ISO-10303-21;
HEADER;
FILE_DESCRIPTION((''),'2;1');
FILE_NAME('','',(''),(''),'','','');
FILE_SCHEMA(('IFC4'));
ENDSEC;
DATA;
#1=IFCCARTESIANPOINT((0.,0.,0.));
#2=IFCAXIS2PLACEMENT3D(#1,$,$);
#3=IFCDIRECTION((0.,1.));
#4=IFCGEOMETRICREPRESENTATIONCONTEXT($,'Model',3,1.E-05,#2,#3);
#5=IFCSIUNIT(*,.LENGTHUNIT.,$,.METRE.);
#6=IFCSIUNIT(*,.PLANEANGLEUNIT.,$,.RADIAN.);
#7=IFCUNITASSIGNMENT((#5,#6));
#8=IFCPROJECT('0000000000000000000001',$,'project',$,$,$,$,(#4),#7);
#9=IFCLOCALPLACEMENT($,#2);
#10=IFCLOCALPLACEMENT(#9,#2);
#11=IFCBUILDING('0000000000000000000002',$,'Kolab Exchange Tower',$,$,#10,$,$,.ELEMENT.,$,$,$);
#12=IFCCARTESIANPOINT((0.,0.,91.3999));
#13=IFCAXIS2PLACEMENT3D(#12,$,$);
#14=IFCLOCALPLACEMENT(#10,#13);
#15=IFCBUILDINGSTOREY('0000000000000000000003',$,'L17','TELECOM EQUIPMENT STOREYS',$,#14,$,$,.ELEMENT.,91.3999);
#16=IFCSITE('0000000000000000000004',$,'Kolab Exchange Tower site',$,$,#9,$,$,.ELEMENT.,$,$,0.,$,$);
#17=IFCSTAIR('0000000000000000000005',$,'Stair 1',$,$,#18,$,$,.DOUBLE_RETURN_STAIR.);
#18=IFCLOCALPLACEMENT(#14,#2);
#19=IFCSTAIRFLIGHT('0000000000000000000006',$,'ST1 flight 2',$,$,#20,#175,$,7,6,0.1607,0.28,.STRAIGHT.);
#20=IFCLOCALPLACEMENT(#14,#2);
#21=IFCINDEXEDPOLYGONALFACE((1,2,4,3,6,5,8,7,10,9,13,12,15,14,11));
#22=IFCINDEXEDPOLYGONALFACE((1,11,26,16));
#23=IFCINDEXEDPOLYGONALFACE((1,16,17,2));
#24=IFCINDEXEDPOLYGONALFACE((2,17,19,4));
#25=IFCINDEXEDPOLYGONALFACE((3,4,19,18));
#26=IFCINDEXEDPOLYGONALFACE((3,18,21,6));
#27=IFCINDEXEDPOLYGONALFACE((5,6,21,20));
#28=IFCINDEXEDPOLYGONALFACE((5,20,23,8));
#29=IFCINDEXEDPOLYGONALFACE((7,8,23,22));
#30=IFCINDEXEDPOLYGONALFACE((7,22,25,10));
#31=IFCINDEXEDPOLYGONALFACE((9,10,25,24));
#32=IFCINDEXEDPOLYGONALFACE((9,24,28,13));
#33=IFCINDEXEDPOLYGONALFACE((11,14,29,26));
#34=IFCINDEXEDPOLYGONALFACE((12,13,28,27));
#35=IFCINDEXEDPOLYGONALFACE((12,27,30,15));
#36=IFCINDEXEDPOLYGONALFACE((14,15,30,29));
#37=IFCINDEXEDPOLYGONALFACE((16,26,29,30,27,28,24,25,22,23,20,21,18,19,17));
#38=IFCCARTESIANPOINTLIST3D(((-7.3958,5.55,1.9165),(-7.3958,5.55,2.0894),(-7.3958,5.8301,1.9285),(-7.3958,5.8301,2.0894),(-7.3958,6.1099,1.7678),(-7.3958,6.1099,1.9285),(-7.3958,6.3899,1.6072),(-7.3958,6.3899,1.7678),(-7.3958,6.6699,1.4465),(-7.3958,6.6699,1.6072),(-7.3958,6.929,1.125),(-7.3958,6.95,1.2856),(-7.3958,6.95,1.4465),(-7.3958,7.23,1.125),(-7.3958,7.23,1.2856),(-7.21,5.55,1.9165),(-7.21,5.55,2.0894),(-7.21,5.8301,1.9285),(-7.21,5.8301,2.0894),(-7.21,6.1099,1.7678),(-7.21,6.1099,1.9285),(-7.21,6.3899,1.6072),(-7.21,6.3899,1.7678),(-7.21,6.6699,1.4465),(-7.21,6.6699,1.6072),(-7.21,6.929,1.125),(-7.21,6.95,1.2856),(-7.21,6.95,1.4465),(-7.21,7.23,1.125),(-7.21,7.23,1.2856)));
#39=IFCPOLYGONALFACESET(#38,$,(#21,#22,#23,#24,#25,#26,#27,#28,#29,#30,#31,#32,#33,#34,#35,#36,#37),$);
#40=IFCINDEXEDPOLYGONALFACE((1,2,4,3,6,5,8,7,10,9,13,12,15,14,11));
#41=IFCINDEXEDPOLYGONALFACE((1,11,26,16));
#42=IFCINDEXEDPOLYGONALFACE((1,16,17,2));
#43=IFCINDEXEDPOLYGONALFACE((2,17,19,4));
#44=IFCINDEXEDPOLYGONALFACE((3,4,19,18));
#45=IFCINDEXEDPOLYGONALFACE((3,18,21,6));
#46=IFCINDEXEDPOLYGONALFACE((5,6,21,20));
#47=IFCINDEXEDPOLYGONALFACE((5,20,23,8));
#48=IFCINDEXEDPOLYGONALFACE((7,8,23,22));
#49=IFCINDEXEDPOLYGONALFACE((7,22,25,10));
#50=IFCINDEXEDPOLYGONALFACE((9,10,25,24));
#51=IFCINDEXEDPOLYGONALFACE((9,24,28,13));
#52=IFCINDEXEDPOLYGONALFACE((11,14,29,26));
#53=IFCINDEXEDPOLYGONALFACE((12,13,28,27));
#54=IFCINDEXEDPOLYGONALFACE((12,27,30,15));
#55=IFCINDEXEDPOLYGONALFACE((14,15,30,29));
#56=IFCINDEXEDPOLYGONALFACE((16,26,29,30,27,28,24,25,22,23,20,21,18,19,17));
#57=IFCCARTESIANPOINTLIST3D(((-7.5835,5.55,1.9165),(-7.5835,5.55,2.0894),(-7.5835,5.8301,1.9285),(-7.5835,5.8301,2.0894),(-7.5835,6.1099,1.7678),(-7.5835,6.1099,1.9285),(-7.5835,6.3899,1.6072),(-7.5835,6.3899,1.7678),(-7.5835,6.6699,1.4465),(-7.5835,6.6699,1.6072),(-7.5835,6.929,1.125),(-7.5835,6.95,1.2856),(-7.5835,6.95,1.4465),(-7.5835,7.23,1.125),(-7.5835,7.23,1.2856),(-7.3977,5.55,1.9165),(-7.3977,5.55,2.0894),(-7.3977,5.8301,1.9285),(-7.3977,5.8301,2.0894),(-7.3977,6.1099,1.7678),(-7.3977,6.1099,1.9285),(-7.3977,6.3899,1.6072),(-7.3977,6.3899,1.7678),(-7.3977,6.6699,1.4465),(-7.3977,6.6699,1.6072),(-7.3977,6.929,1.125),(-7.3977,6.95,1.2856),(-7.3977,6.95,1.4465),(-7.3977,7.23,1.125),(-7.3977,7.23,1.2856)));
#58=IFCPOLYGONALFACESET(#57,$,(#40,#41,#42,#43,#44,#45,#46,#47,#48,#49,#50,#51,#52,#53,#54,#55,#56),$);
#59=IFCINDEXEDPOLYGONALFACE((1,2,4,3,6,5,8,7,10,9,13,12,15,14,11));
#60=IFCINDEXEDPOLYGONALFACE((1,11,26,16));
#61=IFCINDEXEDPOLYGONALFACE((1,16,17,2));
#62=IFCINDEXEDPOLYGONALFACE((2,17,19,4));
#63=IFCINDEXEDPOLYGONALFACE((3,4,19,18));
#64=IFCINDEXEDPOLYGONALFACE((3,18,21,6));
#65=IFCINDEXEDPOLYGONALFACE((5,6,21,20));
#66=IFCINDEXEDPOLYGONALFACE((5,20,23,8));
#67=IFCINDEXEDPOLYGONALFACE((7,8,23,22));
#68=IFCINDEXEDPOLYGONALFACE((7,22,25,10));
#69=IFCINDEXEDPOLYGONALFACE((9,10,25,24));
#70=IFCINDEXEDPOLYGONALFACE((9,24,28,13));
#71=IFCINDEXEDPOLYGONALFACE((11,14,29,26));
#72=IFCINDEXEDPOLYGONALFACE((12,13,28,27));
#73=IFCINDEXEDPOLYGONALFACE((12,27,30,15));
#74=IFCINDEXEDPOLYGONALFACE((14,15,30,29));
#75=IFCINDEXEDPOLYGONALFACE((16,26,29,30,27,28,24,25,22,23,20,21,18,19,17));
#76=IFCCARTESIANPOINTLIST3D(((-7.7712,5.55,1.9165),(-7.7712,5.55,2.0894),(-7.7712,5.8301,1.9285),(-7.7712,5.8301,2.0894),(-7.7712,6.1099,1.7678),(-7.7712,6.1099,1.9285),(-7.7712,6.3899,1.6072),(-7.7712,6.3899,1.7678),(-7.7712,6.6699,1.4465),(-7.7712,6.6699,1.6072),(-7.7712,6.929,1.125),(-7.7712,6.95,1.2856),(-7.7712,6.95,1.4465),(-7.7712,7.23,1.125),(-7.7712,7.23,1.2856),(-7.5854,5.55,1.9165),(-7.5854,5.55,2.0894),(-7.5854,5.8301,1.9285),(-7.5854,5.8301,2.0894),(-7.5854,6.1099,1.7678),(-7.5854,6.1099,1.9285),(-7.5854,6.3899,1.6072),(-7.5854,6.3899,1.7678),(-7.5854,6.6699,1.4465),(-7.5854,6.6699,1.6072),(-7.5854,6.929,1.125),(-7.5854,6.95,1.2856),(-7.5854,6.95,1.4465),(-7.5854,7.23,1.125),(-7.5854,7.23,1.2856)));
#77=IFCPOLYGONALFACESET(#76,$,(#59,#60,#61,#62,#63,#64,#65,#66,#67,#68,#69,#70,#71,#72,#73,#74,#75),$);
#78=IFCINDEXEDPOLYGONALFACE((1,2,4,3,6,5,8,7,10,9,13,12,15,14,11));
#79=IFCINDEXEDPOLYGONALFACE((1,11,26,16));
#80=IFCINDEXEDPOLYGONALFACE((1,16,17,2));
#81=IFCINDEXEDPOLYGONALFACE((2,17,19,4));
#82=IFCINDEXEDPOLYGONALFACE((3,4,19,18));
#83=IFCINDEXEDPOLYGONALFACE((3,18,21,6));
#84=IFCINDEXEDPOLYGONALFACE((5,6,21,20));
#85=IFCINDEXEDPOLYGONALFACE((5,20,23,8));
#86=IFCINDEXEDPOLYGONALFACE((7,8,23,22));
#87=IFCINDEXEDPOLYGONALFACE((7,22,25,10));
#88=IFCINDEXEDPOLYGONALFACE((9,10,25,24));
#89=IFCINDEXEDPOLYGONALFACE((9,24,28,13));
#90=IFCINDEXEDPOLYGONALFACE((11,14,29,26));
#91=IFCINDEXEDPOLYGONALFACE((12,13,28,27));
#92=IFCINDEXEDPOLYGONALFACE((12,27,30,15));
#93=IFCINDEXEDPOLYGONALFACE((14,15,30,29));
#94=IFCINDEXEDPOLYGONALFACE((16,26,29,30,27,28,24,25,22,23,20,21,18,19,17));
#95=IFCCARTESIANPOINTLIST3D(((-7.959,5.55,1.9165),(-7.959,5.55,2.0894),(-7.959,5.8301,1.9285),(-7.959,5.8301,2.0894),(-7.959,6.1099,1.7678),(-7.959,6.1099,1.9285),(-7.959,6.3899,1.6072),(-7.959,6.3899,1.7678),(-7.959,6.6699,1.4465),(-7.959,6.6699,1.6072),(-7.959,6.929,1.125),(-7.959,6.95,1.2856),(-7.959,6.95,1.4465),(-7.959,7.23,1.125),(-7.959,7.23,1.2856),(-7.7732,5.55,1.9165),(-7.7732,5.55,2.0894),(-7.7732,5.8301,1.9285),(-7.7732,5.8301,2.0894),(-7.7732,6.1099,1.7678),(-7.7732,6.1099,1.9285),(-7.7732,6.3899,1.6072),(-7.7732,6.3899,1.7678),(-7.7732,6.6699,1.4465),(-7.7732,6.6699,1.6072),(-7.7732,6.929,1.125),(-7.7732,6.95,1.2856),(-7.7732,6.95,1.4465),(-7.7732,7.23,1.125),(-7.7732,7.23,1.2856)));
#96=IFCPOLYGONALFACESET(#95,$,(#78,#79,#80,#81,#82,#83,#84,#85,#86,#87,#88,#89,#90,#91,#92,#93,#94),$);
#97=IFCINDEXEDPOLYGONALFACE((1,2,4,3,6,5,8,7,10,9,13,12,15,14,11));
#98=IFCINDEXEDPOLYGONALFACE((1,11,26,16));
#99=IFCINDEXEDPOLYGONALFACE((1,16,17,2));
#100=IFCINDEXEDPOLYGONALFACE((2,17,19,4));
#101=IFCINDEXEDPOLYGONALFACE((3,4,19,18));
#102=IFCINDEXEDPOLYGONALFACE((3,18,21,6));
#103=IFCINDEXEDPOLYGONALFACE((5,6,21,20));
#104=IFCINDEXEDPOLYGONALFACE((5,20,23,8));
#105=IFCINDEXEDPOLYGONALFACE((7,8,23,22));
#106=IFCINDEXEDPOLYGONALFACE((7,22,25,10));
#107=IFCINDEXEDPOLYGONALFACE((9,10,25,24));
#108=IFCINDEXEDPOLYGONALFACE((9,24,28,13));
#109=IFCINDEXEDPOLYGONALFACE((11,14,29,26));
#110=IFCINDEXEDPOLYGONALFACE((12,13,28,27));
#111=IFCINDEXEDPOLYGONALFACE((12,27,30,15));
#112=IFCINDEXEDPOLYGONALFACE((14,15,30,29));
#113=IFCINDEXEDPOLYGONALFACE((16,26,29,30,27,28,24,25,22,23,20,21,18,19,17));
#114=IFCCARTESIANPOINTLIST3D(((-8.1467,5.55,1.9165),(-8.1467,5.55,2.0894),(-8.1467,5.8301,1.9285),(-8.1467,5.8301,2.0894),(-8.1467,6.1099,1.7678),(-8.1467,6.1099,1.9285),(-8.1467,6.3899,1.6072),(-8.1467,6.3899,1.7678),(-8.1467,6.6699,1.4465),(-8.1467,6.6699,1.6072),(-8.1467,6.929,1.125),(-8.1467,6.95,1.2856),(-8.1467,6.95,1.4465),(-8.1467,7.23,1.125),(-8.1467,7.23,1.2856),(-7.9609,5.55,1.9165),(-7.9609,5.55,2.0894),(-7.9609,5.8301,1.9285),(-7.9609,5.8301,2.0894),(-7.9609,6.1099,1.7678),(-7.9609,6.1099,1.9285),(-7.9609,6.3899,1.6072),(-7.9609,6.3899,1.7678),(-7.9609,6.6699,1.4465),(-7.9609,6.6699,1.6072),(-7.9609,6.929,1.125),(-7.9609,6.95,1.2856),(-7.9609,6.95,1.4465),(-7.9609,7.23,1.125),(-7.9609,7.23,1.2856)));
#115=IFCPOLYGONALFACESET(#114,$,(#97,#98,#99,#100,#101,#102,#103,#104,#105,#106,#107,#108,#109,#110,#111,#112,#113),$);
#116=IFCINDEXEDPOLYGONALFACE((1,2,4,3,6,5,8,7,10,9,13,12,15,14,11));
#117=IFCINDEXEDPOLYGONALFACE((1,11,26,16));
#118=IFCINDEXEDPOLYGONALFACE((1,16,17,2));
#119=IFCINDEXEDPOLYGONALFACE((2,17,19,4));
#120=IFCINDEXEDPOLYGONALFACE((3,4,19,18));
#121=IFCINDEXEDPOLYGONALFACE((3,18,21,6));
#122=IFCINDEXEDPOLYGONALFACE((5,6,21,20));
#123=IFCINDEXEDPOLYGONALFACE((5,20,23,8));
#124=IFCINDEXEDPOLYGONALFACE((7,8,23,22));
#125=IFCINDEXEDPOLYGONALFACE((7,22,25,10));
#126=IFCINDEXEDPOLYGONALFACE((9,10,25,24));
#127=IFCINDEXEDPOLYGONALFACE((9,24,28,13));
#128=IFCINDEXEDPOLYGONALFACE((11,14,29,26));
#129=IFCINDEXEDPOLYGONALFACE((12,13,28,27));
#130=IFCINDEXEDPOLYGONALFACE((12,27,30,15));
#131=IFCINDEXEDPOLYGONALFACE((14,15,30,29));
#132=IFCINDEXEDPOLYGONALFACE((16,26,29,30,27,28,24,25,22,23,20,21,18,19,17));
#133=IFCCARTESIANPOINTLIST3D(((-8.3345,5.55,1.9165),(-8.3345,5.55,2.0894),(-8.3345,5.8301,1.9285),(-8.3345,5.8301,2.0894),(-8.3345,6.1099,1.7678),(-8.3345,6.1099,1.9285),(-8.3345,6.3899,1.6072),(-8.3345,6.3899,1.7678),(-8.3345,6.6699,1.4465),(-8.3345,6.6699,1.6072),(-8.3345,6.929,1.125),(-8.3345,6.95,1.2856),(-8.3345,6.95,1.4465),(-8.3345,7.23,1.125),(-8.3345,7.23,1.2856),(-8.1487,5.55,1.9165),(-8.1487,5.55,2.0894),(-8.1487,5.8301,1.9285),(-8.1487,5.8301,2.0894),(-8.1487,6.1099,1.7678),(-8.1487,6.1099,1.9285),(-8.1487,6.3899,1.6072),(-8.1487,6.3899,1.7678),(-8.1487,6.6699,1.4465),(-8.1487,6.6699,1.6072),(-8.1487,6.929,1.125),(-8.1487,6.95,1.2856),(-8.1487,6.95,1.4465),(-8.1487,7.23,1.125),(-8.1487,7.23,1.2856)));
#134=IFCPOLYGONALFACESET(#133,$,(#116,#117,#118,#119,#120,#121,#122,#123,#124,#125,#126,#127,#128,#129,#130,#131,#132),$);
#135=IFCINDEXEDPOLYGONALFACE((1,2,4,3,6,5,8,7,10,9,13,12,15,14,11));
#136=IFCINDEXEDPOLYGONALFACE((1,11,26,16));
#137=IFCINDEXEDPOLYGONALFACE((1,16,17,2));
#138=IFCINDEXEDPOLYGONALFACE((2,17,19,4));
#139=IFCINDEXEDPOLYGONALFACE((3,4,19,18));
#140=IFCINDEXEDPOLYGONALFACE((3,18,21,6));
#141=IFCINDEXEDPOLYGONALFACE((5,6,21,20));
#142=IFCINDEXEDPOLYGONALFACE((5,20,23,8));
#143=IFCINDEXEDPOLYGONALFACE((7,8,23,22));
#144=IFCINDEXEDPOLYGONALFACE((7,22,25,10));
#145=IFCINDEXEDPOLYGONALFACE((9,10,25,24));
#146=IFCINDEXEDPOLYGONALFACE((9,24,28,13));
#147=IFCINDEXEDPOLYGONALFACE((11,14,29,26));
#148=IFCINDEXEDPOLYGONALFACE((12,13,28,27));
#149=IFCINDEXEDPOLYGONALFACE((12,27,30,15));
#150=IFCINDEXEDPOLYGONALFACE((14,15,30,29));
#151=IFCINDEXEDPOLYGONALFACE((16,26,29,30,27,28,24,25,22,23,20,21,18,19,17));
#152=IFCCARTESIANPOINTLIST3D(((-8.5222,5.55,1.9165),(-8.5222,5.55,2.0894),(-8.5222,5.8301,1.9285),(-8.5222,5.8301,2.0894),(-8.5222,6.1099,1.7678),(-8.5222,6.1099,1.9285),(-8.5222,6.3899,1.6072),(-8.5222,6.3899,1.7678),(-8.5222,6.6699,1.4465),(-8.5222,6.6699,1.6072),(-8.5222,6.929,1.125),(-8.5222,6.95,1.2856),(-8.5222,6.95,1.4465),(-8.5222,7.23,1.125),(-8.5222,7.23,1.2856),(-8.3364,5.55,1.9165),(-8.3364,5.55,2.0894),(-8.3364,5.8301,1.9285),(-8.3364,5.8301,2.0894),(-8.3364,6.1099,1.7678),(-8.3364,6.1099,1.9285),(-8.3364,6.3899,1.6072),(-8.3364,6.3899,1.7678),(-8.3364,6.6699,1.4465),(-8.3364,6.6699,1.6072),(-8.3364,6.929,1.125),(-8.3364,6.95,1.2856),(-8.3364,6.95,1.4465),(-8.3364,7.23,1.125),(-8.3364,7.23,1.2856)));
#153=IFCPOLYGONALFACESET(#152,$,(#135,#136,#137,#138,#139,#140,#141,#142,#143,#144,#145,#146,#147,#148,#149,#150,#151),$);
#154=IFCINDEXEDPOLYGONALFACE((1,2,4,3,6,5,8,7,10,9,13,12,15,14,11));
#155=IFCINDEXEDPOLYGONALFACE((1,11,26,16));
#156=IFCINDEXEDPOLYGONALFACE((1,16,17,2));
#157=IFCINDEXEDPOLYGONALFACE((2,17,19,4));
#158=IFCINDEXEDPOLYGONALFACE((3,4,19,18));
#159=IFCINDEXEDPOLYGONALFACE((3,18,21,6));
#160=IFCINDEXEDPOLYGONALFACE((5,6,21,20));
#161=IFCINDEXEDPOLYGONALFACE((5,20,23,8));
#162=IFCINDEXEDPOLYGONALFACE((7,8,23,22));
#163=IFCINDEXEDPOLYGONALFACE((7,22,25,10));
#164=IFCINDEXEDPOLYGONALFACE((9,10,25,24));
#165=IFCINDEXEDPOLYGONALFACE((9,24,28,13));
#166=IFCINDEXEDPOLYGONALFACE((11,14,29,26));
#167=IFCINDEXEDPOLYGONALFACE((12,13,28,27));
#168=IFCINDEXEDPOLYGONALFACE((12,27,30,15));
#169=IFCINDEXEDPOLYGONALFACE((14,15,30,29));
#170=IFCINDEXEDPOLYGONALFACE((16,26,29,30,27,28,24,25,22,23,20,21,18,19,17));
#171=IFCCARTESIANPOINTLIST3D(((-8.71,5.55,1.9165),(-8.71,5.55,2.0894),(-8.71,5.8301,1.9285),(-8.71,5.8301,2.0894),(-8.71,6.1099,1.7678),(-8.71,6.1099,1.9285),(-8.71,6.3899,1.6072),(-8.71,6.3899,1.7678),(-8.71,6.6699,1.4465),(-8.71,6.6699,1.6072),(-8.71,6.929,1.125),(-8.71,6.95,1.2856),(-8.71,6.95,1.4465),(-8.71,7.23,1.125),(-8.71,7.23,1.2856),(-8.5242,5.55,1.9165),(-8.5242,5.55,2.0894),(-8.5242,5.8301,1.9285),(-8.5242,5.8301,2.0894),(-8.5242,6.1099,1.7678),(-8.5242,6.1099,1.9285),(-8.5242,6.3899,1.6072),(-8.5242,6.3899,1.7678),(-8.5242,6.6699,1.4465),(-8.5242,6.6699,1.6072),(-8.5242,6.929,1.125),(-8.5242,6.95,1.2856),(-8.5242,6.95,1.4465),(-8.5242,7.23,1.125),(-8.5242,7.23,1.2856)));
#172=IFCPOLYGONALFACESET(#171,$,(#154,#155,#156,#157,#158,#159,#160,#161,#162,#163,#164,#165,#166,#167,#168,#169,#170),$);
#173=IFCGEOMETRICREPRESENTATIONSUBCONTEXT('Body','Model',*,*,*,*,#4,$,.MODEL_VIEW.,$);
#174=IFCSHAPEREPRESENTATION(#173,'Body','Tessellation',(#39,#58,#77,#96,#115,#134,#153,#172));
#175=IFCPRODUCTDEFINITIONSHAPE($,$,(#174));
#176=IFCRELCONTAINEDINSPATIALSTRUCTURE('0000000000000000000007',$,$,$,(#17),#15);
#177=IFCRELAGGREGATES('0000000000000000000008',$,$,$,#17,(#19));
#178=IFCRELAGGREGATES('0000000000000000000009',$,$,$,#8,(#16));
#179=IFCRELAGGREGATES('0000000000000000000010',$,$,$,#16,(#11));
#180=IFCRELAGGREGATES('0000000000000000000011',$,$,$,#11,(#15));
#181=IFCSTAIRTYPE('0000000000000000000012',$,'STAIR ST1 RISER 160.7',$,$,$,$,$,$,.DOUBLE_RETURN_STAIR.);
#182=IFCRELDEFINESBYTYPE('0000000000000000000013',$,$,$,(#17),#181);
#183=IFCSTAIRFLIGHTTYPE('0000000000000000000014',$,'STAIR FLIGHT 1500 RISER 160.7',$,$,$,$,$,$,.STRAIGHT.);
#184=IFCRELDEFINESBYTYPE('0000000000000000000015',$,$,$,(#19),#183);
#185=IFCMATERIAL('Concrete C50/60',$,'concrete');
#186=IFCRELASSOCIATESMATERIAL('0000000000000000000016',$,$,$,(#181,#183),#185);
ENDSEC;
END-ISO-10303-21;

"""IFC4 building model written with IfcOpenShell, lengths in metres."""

from ifc_helpers import new_model, si_unit, direction, frame, origin, place, context, subcontext, project, spatial, polyline, outline, extrude, material, type_object, element, aggregate, save


model = new_model("IFC4")

# Units and contexts
model_context = context("Model", 3, precision=1e-05, world=origin(), true_north=direction((0.0, 1.0)))
body_context = subcontext(model_context, "Body", "Model", "MODEL_VIEW")
ifc_project = project(units=[si_unit("LENGTHUNIT", "METRE"), si_unit("PLANEANGLEUNIT", "RADIAN")], contexts=[model_context])

# Site, building, storey
site_placement = place(None, origin())
site = spatial("IfcSite", under=ifc_project, at=site_placement, Name="Kolab Exchange Tower site", CompositionType="ELEMENT", RefElevation=0.0)
building_placement = place(site_placement, origin())
building = spatial("IfcBuilding", under=site, at=building_placement, Name="Kolab Exchange Tower", CompositionType="ELEMENT")
storey_placement = place(building_placement, frame((0.0, 0.0, 91.3999)))
storey = spatial("IfcBuildingStorey", under=building, at=storey_placement, Name="L17", Description="TELECOM EQUIPMENT STOREYS", CompositionType="ELEMENT", Elevation=91.3999)

# Shared definitions
ifc_material_1 = material(Name="Concrete C50/60", Category="concrete")

# Stair, stair flight
stair_type = type_object("IfcStairType", Name="STAIR ST1 RISER 160.7", PredefinedType="DOUBLE_RETURN_STAIR", material=ifc_material_1)
stair_placement = place(storey_placement, origin())
stair = element("IfcStair", 1, at=stair_placement, inside=storey, type_object=stair_type, Name="Stair 1", PredefinedType="DOUBLE_RETURN_STAIR")
stair_flight_type = type_object("IfcStairFlightType", Name="STAIR FLIGHT 1500 RISER 160.7", PredefinedType="STRAIGHT", material=ifc_material_1)
stair_flight_1_placement = place(storey_placement, frame((-7.96, 7.23, 1.125), z_axis=(0.0, 0.0, 1.0), x_axis=(0.0, -1.0, 0.0)))
stair_flight_1 = element("IfcStairFlight", 2, at=stair_flight_1_placement, type_object=stair_flight_type, Name="ST1 flight 2", NumberOfRisers=7, NumberOfTreads=6, PredefinedType="STRAIGHT", RiserHeight=0.1607, TreadLength=0.28, context=body_context, shape_type="SweptSolid", body=[
    extrude(outline(polyline([(0.0, 0.0), (0.0, 0.1606), (0.28, 0.1606), (0.28, 0.3215), (0.5601, 0.3215), (0.5601, 0.4822), (0.8401, 0.4822), (0.8401, 0.6428), (1.1201, 0.6428), (1.1201, 0.8035), (1.3999, 0.8035), (1.3999, 0.9644), (1.6799, 0.9644), (1.6799, 1.125), (1.6799, 0.7915), (0.301, 0.0), (0.0, 0.0)])), frame((0.0, 0.75, 0.0), z_axis=(0.0, -1.0, 0.0), x_axis=(1.0, 0.0, 0.0)), (0.0, 0.0, 1.0), 0.1858),
    extrude(outline(polyline([(0.0, 0.0), (0.0, 0.1606), (0.28, 0.1606), (0.28, 0.3215), (0.5601, 0.3215), (0.5601, 0.4822), (0.8401, 0.4822), (0.8401, 0.6428), (1.1201, 0.6428), (1.1201, 0.8035), (1.3999, 0.8035), (1.3999, 0.9644), (1.6799, 0.9644), (1.6799, 1.125), (1.6799, 0.7915), (0.301, 0.0), (0.0, 0.0)])), frame((0.0, 0.5623, 0.0), z_axis=(0.0, -1.0, 0.0), x_axis=(1.0, 0.0, 0.0)), (0.0, 0.0, 1.0), 0.1858),
    extrude(outline(polyline([(0.0, 0.0), (0.0, 0.1606), (0.28, 0.1606), (0.28, 0.3215), (0.5601, 0.3215), (0.5601, 0.4822), (0.8401, 0.4822), (0.8401, 0.6428), (1.1201, 0.6428), (1.1201, 0.8035), (1.3999, 0.8035), (1.3999, 0.9644), (1.6799, 0.9644), (1.6799, 1.125), (1.6799, 0.7915), (0.301, 0.0), (0.0, 0.0)])), frame((0.0, 0.3745, 0.0), z_axis=(0.0, -1.0, 0.0), x_axis=(1.0, 0.0, 0.0)), (0.0, 0.0, 1.0), 0.1858),
    extrude(outline(polyline([(0.0, 0.0), (0.0, 0.1606), (0.28, 0.1606), (0.28, 0.3215), (0.5601, 0.3215), (0.5601, 0.4822), (0.8401, 0.4822), (0.8401, 0.6428), (1.1201, 0.6428), (1.1201, 0.8035), (1.3999, 0.8035), (1.3999, 0.9644), (1.6799, 0.9644), (1.6799, 1.125), (1.6799, 0.7915), (0.301, 0.0), (0.0, 0.0)])), frame((0.0, 0.1868, 0.0), z_axis=(0.0, -1.0, 0.0), x_axis=(1.0, 0.0, 0.0)), (0.0, 0.0, 1.0), 0.1858),
    extrude(outline(polyline([(0.0, 0.0), (0.0, 0.1606), (0.28, 0.1606), (0.28, 0.3215), (0.5601, 0.3215), (0.5601, 0.4822), (0.8401, 0.4822), (0.8401, 0.6428), (1.1201, 0.6428), (1.1201, 0.8035), (1.3999, 0.8035), (1.3999, 0.9644), (1.6799, 0.9644), (1.6799, 1.125), (1.6799, 0.7915), (0.301, 0.0), (0.0, 0.0)])), frame((0.0, -0.001, 0.0), z_axis=(0.0, -1.0, 0.0), x_axis=(1.0, 0.0, 0.0)), (0.0, 0.0, 1.0), 0.1858),
    extrude(outline(polyline([(0.0, 0.0), (0.0, 0.1606), (0.28, 0.1606), (0.28, 0.3215), (0.5601, 0.3215), (0.5601, 0.4822), (0.8401, 0.4822), (0.8401, 0.6428), (1.1201, 0.6428), (1.1201, 0.8035), (1.3999, 0.8035), (1.3999, 0.9644), (1.6799, 0.9644), (1.6799, 1.125), (1.6799, 0.7915), (0.301, 0.0), (0.0, 0.0)])), frame((0.0, -0.1887, 0.0), z_axis=(0.0, -1.0, 0.0), x_axis=(1.0, 0.0, 0.0)), (0.0, 0.0, 1.0), 0.1858),
    extrude(outline(polyline([(0.0, 0.0), (0.0, 0.1606), (0.28, 0.1606), (0.28, 0.3215), (0.5601, 0.3215), (0.5601, 0.4822), (0.8401, 0.4822), (0.8401, 0.6428), (1.1201, 0.6428), (1.1201, 0.8035), (1.3999, 0.8035), (1.3999, 0.9644), (1.6799, 0.9644), (1.6799, 1.125), (1.6799, 0.7915), (0.301, 0.0), (0.0, 0.0)])), frame((0.0, -0.3765, 0.0), z_axis=(0.0, -1.0, 0.0), x_axis=(1.0, 0.0, 0.0)), (0.0, 0.0, 1.0), 0.1858),
    extrude(outline(polyline([(0.0, 0.0), (0.0, 0.1606), (0.28, 0.1606), (0.28, 0.3215), (0.5601, 0.3215), (0.5601, 0.4822), (0.8401, 0.4822), (0.8401, 0.6428), (1.1201, 0.6428), (1.1201, 0.8035), (1.3999, 0.8035), (1.3999, 0.9644), (1.6799, 0.9644), (1.6799, 1.125), (1.6799, 0.7915), (0.301, 0.0), (0.0, 0.0)])), frame((0.0, -0.5642, 0.0), z_axis=(0.0, -1.0, 0.0), x_axis=(1.0, 0.0, 0.0)), (0.0, 0.0, 1.0), 0.1858),
])
aggregate(stair, [stair_flight_1])

save(model, "model.ifc")
